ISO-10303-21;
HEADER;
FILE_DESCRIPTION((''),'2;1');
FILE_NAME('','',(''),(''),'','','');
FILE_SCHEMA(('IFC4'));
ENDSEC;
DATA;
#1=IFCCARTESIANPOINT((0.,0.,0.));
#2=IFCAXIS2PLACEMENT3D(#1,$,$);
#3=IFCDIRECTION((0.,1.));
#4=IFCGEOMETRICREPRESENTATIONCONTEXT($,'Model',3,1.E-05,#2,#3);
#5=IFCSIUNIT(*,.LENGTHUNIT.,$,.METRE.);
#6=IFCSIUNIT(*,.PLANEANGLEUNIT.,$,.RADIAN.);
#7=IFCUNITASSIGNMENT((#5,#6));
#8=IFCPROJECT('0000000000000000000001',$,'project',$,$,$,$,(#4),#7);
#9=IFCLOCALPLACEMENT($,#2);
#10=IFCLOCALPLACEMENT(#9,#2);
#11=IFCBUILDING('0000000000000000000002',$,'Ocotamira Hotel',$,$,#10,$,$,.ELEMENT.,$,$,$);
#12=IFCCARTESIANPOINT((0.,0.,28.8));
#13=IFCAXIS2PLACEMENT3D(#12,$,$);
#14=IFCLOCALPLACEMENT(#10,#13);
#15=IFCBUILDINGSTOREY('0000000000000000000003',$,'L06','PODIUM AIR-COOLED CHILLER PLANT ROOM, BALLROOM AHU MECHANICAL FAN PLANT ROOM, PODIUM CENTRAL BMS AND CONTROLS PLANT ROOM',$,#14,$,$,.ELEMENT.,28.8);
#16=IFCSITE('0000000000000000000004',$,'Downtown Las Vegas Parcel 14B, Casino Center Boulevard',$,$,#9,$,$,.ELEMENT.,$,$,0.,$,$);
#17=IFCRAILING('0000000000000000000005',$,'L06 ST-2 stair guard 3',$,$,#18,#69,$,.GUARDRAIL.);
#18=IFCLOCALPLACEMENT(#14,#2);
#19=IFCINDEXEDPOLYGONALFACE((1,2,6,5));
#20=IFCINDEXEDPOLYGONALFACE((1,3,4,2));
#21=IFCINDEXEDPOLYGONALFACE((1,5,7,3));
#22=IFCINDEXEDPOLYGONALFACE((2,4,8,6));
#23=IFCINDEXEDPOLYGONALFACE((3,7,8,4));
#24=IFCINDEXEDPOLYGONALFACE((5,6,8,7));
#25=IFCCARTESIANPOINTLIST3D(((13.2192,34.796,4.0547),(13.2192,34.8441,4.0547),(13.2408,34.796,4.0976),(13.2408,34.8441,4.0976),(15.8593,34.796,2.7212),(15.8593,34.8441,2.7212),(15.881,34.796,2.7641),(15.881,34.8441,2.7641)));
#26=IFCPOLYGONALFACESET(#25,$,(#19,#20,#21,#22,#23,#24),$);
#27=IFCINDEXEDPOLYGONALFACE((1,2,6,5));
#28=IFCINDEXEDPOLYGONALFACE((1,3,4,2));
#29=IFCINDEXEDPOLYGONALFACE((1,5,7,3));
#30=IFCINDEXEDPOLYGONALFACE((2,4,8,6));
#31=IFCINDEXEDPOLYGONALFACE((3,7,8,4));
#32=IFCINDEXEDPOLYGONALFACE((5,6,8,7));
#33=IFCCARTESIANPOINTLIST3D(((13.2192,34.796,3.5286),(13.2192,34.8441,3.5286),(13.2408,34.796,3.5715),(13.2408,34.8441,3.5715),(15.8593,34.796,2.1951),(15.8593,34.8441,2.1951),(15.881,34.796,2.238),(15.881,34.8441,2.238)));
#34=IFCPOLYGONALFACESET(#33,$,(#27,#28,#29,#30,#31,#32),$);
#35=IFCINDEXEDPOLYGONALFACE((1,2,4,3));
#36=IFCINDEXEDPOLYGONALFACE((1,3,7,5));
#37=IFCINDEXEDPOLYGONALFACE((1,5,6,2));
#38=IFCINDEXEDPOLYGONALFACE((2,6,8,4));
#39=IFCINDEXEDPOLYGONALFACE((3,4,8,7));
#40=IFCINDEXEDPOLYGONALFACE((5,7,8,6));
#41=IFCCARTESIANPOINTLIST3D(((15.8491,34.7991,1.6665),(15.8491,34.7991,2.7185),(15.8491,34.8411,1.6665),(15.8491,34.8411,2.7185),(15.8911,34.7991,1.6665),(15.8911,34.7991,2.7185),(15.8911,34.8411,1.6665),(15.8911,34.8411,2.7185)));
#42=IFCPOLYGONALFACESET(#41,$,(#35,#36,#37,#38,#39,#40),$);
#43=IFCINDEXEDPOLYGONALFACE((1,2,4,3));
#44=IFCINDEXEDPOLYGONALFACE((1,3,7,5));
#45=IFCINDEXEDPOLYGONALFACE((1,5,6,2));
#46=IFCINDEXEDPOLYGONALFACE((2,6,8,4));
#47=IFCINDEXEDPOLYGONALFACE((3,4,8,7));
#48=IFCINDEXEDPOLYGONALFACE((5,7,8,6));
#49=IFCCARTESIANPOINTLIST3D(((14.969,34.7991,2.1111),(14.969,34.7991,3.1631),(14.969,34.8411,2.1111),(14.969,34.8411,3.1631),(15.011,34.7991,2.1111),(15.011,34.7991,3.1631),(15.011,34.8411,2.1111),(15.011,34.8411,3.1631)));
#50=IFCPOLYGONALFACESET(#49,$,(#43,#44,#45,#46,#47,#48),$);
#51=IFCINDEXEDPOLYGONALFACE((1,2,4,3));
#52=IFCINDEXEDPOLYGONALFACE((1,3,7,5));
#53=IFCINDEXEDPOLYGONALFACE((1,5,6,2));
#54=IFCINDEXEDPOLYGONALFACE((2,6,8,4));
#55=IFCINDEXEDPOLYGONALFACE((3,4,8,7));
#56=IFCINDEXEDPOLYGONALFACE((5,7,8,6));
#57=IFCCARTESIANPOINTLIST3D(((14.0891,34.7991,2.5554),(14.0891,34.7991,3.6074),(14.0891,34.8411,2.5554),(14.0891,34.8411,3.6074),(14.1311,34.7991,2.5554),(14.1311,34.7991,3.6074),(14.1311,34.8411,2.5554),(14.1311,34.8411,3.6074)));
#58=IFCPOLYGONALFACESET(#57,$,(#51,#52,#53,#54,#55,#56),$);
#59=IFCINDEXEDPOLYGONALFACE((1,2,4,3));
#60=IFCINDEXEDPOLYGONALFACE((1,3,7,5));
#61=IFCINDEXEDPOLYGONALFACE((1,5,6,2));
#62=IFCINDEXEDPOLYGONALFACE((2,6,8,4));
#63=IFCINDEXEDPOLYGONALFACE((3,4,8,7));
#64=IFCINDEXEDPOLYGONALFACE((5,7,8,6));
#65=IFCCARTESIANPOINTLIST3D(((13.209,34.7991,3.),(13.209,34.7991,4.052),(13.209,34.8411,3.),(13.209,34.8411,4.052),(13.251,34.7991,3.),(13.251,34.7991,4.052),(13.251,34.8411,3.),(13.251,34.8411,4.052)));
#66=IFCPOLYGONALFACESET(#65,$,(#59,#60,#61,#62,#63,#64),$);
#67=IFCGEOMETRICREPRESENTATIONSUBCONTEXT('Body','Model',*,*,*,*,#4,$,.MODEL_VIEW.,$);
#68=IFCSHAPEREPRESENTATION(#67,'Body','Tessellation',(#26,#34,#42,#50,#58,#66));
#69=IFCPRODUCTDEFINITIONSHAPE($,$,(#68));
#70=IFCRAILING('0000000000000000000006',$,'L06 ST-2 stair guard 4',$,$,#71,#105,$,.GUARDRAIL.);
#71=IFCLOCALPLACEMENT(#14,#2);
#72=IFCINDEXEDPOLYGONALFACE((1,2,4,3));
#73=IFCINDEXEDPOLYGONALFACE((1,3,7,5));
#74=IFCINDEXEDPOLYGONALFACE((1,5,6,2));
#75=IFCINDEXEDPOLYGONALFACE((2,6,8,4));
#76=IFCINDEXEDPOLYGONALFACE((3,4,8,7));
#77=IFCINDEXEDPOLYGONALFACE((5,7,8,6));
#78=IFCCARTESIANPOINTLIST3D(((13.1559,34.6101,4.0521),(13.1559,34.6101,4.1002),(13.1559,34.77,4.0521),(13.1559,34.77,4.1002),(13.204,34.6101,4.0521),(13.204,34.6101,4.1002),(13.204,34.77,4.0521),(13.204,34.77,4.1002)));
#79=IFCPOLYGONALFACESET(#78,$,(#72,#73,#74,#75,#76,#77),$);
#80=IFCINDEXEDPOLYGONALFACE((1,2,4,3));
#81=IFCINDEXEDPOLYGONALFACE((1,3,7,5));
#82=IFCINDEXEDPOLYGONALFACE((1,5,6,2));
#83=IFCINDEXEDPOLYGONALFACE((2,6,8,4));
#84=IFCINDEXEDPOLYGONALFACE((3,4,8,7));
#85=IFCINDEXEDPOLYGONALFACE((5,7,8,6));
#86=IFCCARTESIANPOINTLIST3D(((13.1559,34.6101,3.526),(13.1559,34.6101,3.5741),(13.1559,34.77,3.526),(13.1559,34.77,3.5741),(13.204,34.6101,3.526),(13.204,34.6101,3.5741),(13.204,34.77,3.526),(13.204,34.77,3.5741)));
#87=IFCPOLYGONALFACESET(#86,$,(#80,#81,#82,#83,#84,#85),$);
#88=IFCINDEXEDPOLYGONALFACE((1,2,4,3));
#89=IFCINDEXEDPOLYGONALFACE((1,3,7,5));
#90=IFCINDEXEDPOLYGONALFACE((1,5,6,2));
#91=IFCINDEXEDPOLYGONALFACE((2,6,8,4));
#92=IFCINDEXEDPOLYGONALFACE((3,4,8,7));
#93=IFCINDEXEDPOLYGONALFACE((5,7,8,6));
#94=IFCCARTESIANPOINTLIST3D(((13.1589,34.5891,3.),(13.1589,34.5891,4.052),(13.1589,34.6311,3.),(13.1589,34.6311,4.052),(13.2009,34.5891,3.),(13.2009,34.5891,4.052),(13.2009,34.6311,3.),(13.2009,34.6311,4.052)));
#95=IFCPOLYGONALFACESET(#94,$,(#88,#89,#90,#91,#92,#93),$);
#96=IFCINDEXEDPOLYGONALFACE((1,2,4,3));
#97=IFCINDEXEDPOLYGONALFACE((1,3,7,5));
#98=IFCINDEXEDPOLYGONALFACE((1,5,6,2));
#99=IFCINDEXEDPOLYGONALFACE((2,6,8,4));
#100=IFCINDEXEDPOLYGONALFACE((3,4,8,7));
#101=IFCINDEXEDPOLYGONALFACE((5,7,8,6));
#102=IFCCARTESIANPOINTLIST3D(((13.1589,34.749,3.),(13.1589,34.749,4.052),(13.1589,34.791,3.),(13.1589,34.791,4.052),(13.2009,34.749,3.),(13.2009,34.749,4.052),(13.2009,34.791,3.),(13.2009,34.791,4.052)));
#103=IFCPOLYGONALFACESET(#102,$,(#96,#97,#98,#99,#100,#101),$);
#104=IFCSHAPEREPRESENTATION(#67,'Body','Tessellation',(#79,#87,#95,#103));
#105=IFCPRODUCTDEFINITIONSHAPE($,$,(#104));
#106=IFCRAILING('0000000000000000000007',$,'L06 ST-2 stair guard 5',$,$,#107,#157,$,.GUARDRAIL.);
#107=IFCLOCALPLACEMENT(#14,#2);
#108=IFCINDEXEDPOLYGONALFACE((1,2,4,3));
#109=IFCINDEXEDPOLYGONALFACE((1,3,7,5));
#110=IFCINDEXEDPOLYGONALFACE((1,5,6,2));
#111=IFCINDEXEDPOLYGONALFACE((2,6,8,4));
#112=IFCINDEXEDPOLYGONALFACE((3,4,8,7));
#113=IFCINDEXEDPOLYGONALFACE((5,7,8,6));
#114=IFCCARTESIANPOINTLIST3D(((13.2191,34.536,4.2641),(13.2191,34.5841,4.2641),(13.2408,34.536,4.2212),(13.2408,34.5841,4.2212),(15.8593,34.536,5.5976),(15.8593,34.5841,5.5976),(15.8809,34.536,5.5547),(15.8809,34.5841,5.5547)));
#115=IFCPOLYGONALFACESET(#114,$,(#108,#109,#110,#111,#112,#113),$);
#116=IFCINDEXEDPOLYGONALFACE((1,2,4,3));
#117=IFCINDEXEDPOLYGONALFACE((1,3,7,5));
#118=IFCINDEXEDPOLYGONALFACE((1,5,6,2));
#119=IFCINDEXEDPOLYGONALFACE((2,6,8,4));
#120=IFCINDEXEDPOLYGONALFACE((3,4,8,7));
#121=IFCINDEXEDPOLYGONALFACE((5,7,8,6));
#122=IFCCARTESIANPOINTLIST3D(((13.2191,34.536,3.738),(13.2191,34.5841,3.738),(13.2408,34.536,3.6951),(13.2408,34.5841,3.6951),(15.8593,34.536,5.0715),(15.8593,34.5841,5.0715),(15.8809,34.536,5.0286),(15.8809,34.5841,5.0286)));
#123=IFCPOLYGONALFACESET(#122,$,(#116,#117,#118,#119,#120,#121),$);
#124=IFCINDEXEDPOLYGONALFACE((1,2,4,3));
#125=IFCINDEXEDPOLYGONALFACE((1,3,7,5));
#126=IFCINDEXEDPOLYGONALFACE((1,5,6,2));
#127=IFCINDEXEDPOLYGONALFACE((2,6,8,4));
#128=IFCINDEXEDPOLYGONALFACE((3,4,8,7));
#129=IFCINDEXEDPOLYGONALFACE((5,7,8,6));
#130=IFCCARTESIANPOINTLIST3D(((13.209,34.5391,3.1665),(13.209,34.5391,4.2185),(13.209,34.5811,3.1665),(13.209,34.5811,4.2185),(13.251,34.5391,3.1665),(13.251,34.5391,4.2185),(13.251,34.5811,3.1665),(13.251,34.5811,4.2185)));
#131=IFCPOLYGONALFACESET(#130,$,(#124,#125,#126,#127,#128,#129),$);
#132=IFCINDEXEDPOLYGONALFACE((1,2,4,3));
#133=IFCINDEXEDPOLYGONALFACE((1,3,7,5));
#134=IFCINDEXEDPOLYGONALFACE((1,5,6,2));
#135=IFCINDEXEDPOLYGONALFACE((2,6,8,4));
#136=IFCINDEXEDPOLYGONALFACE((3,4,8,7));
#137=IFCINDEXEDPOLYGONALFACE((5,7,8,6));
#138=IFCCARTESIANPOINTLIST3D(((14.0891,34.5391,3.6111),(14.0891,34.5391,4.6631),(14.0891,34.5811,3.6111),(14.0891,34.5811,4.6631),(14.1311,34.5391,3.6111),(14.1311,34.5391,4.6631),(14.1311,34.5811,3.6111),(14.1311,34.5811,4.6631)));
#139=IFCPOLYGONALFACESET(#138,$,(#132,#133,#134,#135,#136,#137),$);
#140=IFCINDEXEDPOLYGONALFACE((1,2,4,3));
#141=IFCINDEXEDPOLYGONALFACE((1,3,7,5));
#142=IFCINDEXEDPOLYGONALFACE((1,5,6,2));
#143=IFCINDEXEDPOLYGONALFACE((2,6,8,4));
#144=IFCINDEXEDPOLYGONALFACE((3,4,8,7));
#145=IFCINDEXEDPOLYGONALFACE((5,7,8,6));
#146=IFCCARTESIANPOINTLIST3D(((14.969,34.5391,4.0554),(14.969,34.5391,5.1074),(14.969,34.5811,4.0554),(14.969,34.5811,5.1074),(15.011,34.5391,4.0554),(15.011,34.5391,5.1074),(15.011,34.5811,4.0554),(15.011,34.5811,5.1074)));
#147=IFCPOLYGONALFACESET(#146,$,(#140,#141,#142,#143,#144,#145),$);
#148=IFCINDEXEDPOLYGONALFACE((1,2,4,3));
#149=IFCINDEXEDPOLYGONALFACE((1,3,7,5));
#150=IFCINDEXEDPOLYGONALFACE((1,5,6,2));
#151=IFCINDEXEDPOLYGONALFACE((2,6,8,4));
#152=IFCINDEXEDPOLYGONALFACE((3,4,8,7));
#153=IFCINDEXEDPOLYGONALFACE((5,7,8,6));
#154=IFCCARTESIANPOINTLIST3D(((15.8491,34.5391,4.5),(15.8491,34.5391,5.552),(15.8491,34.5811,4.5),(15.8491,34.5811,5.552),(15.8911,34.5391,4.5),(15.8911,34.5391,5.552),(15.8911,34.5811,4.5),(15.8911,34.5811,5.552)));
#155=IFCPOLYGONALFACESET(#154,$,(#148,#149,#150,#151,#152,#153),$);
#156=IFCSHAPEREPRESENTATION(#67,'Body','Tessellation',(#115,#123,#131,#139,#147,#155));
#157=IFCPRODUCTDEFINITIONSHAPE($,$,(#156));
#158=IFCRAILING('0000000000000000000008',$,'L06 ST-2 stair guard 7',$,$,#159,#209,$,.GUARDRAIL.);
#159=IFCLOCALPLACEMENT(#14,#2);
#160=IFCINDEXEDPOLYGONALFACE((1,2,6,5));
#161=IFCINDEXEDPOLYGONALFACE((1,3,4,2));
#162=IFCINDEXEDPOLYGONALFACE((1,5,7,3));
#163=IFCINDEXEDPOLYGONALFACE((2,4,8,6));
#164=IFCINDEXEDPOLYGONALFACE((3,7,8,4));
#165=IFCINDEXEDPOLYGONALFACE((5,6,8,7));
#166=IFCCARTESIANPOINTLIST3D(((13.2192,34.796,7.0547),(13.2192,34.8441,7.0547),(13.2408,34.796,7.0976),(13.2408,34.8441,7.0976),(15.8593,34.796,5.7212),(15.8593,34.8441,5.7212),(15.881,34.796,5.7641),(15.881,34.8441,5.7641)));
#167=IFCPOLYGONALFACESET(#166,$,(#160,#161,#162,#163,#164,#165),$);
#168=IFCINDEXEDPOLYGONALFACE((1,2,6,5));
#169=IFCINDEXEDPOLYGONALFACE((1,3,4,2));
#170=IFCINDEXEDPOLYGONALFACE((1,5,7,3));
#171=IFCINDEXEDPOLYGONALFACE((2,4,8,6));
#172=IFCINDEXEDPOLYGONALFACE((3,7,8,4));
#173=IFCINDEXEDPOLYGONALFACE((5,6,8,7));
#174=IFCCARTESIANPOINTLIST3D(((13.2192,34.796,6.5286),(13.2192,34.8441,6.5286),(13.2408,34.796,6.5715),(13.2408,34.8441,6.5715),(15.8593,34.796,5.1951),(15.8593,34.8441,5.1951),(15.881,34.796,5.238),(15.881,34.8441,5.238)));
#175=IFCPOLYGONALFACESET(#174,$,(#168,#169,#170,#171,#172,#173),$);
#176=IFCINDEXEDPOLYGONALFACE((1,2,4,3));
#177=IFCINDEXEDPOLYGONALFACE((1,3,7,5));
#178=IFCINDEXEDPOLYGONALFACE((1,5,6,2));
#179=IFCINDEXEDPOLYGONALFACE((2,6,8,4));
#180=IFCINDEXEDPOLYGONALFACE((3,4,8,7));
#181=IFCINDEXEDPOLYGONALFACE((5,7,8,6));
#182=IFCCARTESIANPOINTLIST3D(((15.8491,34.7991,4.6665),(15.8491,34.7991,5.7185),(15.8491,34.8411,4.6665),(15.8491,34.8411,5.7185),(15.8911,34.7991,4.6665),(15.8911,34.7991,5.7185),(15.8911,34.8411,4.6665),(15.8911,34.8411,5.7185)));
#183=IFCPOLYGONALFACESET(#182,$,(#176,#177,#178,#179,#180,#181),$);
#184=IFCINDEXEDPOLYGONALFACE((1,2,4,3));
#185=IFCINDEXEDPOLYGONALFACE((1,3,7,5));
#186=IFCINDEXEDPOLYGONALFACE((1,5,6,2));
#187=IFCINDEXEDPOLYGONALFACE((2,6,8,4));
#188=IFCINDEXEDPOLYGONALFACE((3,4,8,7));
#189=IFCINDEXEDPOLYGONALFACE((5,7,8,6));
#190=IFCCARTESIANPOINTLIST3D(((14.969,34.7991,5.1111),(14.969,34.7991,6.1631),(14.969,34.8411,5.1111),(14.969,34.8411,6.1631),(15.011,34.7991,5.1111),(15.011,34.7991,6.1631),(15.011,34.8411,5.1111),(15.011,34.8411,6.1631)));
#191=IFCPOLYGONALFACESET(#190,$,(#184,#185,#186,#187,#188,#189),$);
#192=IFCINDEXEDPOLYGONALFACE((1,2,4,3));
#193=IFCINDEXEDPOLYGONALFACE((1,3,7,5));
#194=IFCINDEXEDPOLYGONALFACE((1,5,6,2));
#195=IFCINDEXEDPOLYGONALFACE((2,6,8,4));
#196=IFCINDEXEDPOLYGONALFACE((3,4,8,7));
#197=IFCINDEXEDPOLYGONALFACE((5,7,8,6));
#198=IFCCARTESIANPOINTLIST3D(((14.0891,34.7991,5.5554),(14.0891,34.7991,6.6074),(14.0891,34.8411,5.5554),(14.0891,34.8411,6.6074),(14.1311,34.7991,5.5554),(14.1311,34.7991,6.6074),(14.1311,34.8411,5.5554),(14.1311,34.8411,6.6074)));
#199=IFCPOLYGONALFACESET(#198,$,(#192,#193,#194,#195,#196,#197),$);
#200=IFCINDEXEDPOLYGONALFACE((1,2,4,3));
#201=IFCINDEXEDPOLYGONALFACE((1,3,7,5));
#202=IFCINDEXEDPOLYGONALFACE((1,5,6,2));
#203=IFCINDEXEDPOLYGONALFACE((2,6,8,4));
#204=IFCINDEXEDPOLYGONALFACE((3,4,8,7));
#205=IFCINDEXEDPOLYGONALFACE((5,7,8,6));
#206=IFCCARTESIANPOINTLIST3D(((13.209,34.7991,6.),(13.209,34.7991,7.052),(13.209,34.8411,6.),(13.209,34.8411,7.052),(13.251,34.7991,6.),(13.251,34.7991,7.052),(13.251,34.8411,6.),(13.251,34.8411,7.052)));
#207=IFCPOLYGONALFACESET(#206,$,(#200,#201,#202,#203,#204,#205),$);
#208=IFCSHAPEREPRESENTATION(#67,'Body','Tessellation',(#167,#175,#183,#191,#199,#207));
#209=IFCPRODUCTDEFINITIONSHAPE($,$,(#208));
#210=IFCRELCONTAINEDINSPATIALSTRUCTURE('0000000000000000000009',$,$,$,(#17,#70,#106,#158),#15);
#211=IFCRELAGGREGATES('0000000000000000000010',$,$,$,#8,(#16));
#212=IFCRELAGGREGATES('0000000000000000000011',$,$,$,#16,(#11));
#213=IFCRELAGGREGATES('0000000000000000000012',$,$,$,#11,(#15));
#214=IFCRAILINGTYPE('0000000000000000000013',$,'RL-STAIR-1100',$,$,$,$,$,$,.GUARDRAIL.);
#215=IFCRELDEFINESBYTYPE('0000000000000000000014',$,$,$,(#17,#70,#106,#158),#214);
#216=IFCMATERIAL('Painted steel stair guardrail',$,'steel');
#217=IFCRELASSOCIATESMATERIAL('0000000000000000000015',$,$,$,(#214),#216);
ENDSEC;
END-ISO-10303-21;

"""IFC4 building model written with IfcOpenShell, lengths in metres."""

from ifc_helpers import new_model, si_unit, direction, frame, origin, origin_2d, place, context, subcontext, project, spatial, rectangle, extrude, material, type_object, element, save


model = new_model("IFC4")

# Units and contexts
model_context = context("Model", 3, precision=1e-05, world=origin(), true_north=direction((0.0, 1.0)))
body_context = subcontext(model_context, "Body", "Model", "MODEL_VIEW")
ifc_project = project(units=[si_unit("LENGTHUNIT", "METRE"), si_unit("PLANEANGLEUNIT", "RADIAN")], contexts=[model_context])

# Site, building, storey
site_placement = place(None, origin())
site = spatial("IfcSite", under=ifc_project, at=site_placement, Name="Downtown Las Vegas Parcel 14B, Casino Center Boulevard", CompositionType="ELEMENT", RefElevation=0.0)
building_placement = place(site_placement, origin())
building = spatial("IfcBuilding", under=site, at=building_placement, Name="Ocotamira Hotel", CompositionType="ELEMENT")
storey_placement = place(building_placement, frame((0.0, 0.0, 28.8)))
storey = spatial("IfcBuildingStorey", under=building, at=storey_placement, Name="L06", Description="PODIUM AIR-COOLED CHILLER PLANT ROOM, BALLROOM AHU MECHANICAL FAN PLANT ROOM, PODIUM CENTRAL BMS AND CONTROLS PLANT ROOM", CompositionType="ELEMENT", Elevation=28.8)

# Railings
ifc_material_1 = material(Name="Painted steel stair guardrail", Category="steel")
railing_type_1 = type_object("IfcRailingType", Name="RL-STAIR-1100", PredefinedType="GUARDRAIL", material=ifc_material_1)
railing_1_placement = place(storey_placement, frame((15.8701, 34.8201, 1.6665)))
element("IfcRailing", 1, at=railing_1_placement, inside=storey, type_object=railing_type_1, Name="L06 ST-2 stair guard 3", PredefinedType="GUARDRAIL", context=body_context, shape_type="SweptSolid", body=[
    extrude(rectangle(XDim=0.0481, YDim=0.0481, at=origin_2d()), frame((0.0, 0.0, 1.0762), z_axis=(-0.892604, 0.0, 0.450842), x_axis=(0.0, -1.0, 0.0)), (0.0, 0.0, 1.0), 2.9578),
    extrude(rectangle(XDim=0.0481, YDim=0.0481, at=origin_2d()), frame((0.0, 0.0, 0.55), z_axis=(-0.892604, 0.0, 0.450842), x_axis=(0.0, -1.0, 0.0)), (0.0, 0.0, 1.0), 2.9578),
    extrude(rectangle(XDim=0.042, YDim=0.042, at=origin_2d()), origin(), (0.0, 0.0, 1.0), 1.052),
    extrude(rectangle(XDim=0.042, YDim=0.042, at=origin_2d()), frame((-0.8801, 0.0, 0.4446)), (0.0, 0.0, 1.0), 1.052),
    extrude(rectangle(XDim=0.042, YDim=0.042, at=origin_2d()), frame((-1.76, 0.0, 0.8889)), (0.0, 0.0, 1.0), 1.052),
    extrude(rectangle(XDim=0.042, YDim=0.042, at=origin_2d()), frame((-2.6401, 0.0, 1.3335)), (0.0, 0.0, 1.0), 1.052),
])
railing_2_placement = place(storey_placement, frame((13.1799, 34.6101, 3.0)))
element("IfcRailing", 2, at=railing_2_placement, inside=storey, type_object=railing_type_1, Name="L06 ST-2 stair guard 4", PredefinedType="GUARDRAIL", context=body_context, shape_type="SweptSolid", body=[
    extrude(rectangle(XDim=0.0481, YDim=0.0481, at=origin_2d()), frame((0.0, 0.0, 1.0762), z_axis=(0.0, 1.0, 0.0), x_axis=(-1.0, 0.0, 0.0)), (0.0, 0.0, 1.0), 0.1599),
    extrude(rectangle(XDim=0.0481, YDim=0.0481, at=origin_2d()), frame((0.0, 0.0, 0.55), z_axis=(0.0, 1.0, 0.0), x_axis=(-1.0, 0.0, 0.0)), (0.0, 0.0, 1.0), 0.1599),
    extrude(rectangle(XDim=0.042, YDim=0.042, at=origin_2d()), origin(), (0.0, 0.0, 1.0), 1.052),
    extrude(rectangle(XDim=0.042, YDim=0.042, at=origin_2d()), frame((0.0, 0.1599, 0.0)), (0.0, 0.0, 1.0), 1.052),
])
railing_3_placement = place(storey_placement, frame((13.23, 34.5601, 3.1665)))
element("IfcRailing", 3, at=railing_3_placement, inside=storey, type_object=railing_type_1, Name="L06 ST-2 stair guard 5", PredefinedType="GUARDRAIL", context=body_context, shape_type="SweptSolid", body=[
    extrude(rectangle(XDim=0.0481, YDim=0.0481, at=origin_2d()), frame((0.0, 0.0, 1.0762), z_axis=(0.892604, 0.0, 0.450842), x_axis=(0.0, 1.0, 0.0)), (0.0, 0.0, 1.0), 2.9578),
    extrude(rectangle(XDim=0.0481, YDim=0.0481, at=origin_2d()), frame((0.0, 0.0, 0.55), z_axis=(0.892604, 0.0, 0.450842), x_axis=(0.0, 1.0, 0.0)), (0.0, 0.0, 1.0), 2.9578),
    extrude(rectangle(XDim=0.042, YDim=0.042, at=origin_2d()), origin(), (0.0, 0.0, 1.0), 1.052),
    extrude(rectangle(XDim=0.042, YDim=0.042, at=origin_2d()), frame((0.8801, 0.0, 0.4446)), (0.0, 0.0, 1.0), 1.052),
    extrude(rectangle(XDim=0.042, YDim=0.042, at=origin_2d()), frame((1.76, 0.0, 0.8889)), (0.0, 0.0, 1.0), 1.052),
    extrude(rectangle(XDim=0.042, YDim=0.042, at=origin_2d()), frame((2.6401, 0.0, 1.3335)), (0.0, 0.0, 1.0), 1.052),
])
railing_4_placement = place(storey_placement, frame((15.8701, 34.8201, 4.6665)))
element("IfcRailing", 4, at=railing_4_placement, inside=storey, type_object=railing_type_1, Name="L06 ST-2 stair guard 7", PredefinedType="GUARDRAIL", context=body_context, shape_type="SweptSolid", body=[
    extrude(rectangle(XDim=0.0481, YDim=0.0481, at=origin_2d()), frame((0.0, 0.0, 1.0762), z_axis=(-0.892604, 0.0, 0.450842), x_axis=(0.0, -1.0, 0.0)), (0.0, 0.0, 1.0), 2.9578),
    extrude(rectangle(XDim=0.0481, YDim=0.0481, at=origin_2d()), frame((0.0, 0.0, 0.55), z_axis=(-0.892604, 0.0, 0.450842), x_axis=(0.0, -1.0, 0.0)), (0.0, 0.0, 1.0), 2.9578),
    extrude(rectangle(XDim=0.042, YDim=0.042, at=origin_2d()), origin(), (0.0, 0.0, 1.0), 1.052),
    extrude(rectangle(XDim=0.042, YDim=0.042, at=origin_2d()), frame((-0.8801, 0.0, 0.4446)), (0.0, 0.0, 1.0), 1.052),
    extrude(rectangle(XDim=0.042, YDim=0.042, at=origin_2d()), frame((-1.76, 0.0, 0.8889)), (0.0, 0.0, 1.0), 1.052),
    extrude(rectangle(XDim=0.042, YDim=0.042, at=origin_2d()), frame((-2.6401, 0.0, 1.3335)), (0.0, 0.0, 1.0), 1.052),
])

save(model, "model.ifc")
